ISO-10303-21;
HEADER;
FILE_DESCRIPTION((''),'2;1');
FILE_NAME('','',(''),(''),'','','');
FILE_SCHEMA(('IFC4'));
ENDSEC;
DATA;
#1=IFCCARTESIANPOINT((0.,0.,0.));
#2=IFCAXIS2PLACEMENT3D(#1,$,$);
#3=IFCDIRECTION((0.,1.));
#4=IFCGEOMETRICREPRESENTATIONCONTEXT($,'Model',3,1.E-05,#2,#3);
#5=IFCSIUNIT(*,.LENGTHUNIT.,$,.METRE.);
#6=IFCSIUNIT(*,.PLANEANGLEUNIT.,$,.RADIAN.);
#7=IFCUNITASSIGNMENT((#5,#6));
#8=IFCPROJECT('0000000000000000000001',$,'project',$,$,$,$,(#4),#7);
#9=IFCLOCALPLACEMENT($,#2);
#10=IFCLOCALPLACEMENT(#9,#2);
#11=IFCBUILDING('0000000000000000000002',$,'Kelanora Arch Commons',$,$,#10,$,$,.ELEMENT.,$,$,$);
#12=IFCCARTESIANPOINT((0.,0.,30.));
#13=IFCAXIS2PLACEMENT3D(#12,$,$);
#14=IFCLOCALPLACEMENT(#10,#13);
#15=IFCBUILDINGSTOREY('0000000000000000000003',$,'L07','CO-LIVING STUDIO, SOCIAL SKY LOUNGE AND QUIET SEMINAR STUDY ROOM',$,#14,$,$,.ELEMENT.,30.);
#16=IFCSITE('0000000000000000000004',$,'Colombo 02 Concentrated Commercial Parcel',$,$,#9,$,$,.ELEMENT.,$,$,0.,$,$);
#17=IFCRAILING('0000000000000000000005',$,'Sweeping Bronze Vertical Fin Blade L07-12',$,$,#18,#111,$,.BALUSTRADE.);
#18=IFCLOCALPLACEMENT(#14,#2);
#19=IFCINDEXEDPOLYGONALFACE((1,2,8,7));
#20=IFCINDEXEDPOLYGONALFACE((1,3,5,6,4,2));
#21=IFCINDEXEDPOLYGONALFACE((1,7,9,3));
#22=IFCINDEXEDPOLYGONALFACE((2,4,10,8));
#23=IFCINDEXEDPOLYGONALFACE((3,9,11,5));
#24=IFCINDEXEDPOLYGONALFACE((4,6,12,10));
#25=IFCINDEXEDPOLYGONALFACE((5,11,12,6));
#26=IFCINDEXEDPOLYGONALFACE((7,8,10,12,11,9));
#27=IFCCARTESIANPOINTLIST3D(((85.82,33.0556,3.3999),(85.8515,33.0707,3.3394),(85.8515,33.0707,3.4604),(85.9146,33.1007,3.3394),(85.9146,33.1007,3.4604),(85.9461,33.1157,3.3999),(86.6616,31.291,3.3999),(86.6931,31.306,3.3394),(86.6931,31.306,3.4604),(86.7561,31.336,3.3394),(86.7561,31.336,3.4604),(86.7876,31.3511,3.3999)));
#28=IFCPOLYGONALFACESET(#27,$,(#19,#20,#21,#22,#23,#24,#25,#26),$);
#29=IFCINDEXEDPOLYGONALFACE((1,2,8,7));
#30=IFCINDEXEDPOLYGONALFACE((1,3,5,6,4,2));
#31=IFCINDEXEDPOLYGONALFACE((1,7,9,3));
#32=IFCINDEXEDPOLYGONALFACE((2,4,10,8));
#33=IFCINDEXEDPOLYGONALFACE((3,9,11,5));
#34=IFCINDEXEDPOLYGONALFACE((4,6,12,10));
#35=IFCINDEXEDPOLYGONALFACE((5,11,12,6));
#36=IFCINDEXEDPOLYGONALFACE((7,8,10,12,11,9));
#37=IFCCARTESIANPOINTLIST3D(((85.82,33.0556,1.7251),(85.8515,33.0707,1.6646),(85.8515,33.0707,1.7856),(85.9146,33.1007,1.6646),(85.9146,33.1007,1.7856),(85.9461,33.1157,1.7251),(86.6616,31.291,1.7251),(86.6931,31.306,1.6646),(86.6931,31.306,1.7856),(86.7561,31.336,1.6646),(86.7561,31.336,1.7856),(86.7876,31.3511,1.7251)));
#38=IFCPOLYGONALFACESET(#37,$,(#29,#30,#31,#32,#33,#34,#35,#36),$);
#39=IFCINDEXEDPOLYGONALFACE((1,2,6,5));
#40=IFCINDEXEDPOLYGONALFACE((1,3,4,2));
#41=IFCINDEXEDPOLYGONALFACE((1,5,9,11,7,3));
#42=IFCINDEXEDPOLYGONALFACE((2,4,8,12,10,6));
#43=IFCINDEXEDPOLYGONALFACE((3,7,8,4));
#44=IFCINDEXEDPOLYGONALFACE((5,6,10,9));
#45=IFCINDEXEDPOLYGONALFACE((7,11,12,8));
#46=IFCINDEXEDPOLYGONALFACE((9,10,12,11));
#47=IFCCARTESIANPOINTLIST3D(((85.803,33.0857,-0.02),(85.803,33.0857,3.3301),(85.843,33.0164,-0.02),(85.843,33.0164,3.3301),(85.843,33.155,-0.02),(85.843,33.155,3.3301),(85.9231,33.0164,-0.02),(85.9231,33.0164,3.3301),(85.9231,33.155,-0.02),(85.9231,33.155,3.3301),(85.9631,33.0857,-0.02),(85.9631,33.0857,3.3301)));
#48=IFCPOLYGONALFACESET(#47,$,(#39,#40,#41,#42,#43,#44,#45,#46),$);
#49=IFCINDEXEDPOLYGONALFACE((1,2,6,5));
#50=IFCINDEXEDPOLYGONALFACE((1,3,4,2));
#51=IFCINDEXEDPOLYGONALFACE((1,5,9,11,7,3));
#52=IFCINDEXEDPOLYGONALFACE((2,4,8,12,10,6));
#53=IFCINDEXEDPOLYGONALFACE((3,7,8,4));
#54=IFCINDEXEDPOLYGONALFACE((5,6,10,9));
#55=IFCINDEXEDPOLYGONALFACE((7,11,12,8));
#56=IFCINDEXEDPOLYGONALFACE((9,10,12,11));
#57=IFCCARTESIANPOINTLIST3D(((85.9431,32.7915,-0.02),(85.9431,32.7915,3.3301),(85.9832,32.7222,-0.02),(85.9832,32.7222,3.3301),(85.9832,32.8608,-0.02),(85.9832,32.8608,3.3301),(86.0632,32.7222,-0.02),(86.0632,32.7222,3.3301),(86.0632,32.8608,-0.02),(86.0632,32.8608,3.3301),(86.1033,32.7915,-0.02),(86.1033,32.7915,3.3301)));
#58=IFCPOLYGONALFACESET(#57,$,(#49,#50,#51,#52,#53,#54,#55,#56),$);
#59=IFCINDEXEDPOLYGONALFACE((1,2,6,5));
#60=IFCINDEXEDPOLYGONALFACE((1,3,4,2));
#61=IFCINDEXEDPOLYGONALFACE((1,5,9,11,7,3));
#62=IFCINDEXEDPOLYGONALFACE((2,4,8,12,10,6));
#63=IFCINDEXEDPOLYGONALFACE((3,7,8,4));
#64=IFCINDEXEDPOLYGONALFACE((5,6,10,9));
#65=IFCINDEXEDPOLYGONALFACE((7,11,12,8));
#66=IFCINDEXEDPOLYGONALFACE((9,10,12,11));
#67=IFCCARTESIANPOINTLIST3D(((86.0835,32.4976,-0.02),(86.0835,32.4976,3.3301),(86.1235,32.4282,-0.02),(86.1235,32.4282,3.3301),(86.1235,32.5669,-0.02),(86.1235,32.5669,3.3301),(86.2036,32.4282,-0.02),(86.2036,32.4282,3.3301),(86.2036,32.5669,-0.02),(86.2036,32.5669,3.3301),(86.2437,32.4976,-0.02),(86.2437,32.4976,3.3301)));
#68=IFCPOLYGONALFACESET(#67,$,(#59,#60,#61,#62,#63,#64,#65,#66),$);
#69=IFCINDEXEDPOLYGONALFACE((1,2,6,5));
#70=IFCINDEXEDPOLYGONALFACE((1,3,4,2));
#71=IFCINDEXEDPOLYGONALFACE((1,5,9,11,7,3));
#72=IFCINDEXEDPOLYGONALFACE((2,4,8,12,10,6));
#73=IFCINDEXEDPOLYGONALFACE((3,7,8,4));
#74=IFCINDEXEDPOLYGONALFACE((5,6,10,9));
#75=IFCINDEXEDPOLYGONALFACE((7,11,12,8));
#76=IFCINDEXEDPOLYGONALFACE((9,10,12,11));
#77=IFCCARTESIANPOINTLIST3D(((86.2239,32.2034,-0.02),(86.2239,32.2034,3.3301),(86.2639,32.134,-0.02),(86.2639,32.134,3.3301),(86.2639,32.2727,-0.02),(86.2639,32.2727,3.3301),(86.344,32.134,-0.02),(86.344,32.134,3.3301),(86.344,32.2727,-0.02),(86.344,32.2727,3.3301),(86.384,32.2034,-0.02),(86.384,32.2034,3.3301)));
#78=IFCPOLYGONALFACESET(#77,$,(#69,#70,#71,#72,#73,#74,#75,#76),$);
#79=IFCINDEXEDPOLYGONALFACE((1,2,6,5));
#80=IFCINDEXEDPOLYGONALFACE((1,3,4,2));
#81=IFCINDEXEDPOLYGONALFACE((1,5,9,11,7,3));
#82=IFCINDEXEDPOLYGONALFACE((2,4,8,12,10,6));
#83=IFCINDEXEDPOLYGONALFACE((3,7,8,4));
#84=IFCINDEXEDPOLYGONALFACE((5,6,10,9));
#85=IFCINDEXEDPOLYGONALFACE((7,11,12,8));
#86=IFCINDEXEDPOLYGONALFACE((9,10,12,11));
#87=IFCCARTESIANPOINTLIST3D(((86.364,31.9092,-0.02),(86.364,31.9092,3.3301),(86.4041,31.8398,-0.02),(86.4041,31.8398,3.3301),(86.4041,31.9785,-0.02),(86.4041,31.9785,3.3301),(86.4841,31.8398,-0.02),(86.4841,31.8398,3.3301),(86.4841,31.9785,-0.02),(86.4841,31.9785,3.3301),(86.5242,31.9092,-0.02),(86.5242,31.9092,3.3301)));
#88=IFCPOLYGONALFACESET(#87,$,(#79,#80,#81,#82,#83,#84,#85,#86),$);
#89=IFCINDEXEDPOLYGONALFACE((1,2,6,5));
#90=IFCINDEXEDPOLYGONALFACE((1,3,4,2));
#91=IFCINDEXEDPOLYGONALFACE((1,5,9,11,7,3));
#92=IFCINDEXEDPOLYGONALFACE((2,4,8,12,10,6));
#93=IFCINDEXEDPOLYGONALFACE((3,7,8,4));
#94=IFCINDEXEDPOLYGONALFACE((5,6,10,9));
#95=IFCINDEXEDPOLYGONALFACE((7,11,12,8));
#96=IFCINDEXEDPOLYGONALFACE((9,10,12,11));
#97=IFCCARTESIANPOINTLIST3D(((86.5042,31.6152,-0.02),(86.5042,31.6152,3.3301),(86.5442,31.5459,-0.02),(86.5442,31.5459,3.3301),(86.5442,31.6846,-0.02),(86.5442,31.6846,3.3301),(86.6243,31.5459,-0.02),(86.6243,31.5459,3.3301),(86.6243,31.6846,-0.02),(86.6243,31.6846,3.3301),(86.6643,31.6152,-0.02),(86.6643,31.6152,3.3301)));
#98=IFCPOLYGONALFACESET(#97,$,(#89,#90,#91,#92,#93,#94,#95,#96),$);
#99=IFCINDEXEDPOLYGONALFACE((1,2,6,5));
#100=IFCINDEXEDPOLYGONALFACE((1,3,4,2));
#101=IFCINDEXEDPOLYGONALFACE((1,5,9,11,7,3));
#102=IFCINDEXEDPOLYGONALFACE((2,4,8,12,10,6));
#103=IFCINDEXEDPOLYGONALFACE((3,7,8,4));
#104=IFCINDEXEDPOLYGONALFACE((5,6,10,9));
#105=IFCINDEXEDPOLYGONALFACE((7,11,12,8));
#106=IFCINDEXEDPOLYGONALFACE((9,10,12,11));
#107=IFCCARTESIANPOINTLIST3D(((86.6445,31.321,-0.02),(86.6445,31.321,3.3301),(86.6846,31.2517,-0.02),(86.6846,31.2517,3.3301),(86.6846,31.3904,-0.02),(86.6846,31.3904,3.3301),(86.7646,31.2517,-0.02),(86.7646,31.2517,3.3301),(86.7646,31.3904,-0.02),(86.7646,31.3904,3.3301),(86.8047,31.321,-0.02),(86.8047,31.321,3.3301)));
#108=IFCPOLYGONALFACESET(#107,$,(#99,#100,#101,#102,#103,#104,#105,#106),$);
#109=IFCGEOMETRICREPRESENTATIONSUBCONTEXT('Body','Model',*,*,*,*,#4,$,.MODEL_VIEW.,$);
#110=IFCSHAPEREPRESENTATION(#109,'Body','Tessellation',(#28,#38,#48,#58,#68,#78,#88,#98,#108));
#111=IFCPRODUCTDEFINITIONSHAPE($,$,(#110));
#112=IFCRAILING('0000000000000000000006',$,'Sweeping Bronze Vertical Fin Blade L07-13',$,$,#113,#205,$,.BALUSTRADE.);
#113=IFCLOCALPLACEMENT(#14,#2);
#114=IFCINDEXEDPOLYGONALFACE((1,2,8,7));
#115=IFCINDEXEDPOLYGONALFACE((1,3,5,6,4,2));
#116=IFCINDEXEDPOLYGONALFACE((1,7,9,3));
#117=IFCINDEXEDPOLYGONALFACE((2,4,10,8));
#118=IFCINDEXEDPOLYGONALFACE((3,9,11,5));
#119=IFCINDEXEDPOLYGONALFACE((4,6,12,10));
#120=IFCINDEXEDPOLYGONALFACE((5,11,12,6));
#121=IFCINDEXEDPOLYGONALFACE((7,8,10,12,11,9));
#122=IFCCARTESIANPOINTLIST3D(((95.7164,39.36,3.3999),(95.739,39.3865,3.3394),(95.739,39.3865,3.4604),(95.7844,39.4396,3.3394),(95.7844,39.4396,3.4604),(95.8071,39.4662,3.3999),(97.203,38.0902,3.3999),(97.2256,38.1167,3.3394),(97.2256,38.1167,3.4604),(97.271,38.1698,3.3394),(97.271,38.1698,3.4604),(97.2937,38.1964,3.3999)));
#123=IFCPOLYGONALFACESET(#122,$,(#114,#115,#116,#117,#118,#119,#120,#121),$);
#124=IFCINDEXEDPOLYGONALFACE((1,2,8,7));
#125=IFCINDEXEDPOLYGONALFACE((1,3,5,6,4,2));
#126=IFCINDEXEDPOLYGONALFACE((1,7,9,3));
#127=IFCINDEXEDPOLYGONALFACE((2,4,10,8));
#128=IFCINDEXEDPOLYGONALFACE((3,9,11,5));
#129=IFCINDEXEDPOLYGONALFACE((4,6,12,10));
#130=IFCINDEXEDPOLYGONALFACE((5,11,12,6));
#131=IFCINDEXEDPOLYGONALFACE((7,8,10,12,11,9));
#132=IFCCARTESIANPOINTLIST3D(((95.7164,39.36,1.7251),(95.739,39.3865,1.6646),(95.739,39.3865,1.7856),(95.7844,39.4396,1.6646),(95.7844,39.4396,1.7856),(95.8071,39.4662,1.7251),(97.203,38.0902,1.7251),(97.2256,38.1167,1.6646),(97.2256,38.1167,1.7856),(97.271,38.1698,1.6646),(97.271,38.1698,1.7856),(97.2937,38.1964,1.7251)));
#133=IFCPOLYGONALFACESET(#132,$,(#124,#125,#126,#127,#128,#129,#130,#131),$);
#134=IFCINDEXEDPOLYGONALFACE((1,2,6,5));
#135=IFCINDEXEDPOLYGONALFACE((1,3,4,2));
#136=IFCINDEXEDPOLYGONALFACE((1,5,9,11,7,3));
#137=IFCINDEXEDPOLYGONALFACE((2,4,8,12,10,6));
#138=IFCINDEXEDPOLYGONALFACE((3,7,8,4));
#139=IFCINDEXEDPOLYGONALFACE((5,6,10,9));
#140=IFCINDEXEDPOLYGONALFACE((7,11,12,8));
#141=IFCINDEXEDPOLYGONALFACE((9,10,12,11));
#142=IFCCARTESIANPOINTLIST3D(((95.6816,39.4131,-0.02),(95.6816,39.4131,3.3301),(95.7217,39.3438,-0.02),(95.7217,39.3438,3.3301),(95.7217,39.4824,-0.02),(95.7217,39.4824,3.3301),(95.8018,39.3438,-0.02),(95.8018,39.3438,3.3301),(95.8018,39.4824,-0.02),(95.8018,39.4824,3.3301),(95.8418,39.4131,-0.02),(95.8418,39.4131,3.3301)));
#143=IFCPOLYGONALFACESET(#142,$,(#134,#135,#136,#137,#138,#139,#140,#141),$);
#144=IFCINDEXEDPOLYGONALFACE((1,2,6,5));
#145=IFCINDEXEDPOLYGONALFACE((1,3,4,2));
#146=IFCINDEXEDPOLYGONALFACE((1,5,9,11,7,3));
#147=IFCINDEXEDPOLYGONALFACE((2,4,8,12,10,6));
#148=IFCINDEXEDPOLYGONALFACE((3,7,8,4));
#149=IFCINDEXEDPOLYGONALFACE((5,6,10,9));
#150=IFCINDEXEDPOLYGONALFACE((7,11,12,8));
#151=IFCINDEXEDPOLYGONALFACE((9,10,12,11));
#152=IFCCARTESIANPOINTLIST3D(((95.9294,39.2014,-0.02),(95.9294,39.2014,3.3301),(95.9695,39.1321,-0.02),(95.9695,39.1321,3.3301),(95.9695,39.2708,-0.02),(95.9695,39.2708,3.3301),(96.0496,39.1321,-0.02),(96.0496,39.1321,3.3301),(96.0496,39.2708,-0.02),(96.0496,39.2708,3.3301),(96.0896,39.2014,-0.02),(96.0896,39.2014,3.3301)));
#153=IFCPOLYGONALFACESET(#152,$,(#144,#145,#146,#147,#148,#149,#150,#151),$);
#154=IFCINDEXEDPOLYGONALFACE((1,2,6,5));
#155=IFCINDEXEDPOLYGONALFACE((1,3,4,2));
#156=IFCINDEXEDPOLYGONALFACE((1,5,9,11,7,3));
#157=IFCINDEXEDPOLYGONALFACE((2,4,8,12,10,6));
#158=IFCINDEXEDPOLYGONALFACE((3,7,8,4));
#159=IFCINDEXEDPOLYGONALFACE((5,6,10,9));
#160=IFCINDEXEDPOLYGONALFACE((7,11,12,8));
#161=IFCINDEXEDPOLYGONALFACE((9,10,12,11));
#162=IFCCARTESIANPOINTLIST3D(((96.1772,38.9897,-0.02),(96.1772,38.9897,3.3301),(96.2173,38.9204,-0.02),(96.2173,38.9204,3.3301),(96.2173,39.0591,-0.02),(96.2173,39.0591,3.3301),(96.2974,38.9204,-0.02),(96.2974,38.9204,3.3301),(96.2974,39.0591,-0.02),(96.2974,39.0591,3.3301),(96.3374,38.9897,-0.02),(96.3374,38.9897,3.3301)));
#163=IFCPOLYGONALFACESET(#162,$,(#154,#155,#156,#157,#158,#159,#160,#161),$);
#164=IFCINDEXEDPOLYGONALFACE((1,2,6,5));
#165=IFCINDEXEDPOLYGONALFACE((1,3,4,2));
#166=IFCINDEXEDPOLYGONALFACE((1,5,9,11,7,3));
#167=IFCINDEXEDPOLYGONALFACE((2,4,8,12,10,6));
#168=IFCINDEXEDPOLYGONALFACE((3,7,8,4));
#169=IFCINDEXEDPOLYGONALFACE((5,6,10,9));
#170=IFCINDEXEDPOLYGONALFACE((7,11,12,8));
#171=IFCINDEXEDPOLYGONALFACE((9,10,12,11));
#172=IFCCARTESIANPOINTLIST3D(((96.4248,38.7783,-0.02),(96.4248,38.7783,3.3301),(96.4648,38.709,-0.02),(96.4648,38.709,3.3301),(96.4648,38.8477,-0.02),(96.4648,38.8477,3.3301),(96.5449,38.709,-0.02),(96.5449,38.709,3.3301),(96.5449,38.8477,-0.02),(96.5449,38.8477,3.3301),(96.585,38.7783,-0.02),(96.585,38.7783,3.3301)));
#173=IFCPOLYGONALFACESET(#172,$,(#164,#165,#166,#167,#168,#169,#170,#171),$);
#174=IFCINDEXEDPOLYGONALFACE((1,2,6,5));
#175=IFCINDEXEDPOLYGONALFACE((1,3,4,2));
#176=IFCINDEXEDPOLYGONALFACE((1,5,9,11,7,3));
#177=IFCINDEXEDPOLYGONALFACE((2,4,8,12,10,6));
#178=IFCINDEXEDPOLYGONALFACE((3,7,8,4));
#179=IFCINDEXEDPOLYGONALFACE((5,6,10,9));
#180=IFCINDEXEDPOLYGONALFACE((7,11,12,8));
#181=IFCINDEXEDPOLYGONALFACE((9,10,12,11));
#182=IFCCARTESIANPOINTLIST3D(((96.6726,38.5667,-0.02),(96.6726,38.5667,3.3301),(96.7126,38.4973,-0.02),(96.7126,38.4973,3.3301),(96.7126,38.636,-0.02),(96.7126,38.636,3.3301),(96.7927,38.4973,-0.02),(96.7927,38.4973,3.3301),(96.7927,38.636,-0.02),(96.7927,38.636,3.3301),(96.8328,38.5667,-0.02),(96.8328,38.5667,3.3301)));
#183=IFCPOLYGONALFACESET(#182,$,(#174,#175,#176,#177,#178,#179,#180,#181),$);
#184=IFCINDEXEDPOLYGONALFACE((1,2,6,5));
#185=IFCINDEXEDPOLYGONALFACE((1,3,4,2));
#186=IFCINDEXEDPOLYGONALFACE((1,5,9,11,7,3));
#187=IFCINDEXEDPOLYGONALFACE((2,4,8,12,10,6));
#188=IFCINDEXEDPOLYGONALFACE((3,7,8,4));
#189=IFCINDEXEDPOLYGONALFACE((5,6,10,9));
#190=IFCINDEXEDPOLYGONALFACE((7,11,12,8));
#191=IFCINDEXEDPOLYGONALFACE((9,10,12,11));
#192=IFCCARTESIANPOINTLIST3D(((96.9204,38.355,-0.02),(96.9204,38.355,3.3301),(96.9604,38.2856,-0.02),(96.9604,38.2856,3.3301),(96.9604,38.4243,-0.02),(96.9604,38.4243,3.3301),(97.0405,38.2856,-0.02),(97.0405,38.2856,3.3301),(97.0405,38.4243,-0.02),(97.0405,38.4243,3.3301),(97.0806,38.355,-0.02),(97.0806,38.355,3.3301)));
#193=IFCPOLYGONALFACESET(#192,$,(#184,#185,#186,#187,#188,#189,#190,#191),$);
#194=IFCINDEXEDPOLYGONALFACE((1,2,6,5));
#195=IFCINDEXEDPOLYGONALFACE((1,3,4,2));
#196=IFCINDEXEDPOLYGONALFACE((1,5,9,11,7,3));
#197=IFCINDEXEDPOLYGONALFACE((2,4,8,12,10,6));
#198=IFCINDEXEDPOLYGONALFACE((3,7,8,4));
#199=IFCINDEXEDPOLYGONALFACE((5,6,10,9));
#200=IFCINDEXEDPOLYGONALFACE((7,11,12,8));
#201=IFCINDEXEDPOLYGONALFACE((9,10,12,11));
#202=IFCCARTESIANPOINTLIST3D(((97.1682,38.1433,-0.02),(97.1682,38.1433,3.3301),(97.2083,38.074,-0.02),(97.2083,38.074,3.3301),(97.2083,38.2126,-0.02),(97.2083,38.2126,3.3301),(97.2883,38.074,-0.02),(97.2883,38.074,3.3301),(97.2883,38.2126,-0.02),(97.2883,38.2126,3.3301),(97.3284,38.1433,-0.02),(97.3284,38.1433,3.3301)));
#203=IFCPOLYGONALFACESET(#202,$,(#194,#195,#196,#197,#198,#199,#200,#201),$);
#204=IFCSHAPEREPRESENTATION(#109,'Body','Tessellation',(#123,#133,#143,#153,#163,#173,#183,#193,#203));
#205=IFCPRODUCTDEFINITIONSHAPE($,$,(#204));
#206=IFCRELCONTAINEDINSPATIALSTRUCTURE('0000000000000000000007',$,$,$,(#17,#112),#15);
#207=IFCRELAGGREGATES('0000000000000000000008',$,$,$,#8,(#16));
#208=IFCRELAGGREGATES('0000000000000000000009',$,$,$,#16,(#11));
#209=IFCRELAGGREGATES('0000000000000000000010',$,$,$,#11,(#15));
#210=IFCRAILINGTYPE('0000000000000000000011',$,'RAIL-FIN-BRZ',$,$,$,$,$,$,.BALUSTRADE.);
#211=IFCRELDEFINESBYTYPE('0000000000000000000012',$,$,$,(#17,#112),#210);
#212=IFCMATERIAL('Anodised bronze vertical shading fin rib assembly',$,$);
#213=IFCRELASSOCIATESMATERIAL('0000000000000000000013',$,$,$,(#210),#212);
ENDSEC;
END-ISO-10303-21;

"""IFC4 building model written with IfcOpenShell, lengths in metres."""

from ifc_helpers import new_model, si_unit, direction, frame, origin, place, context, subcontext, project, spatial, polyline, outline, extrude, material, type_object, element, save


model = new_model("IFC4")

# Units and contexts
model_context = context("Model", 3, precision=1e-05, world=origin(), true_north=direction((0.0, 1.0)))
body_context = subcontext(model_context, "Body", "Model", "MODEL_VIEW")
ifc_project = project(units=[si_unit("LENGTHUNIT", "METRE"), si_unit("PLANEANGLEUNIT", "RADIAN")], contexts=[model_context])

# Site, building, storey
site_placement = place(None, origin())
site = spatial("IfcSite", under=ifc_project, at=site_placement, Name="Colombo 02 Concentrated Commercial Parcel", CompositionType="ELEMENT", RefElevation=0.0)
building_placement = place(site_placement, origin())
building = spatial("IfcBuilding", under=site, at=building_placement, Name="Kelanora Arch Commons", CompositionType="ELEMENT")
storey_placement = place(building_placement, frame((0.0, 0.0, 30.0)))
storey = spatial("IfcBuildingStorey", under=building, at=storey_placement, Name="L07", Description="CO-LIVING STUDIO, SOCIAL SKY LOUNGE AND QUIET SEMINAR STUDY ROOM", CompositionType="ELEMENT", Elevation=30.0)

# Railings
ifc_material_1 = material(Name="Anodised bronze vertical shading fin rib assembly")
railing_type = type_object("IfcRailingType", Name="RAIL-FIN-BRZ", PredefinedType="BALUSTRADE", material=ifc_material_1)
railing_1_placement = place(storey_placement, frame((85.8831, 33.0857, -0.02)))
element("IfcRailing", 1, at=railing_1_placement, inside=storey, type_object=railing_type, Name="Sweeping Bronze Vertical Fin Blade L07-12", PredefinedType="BALUSTRADE", context=body_context, shape_type="SweptSolid", body=[
    extrude(outline(polyline([(0.0698, 0.0), (0.0349, 0.0605), (-0.0349, 0.0605), (-0.0698, 0.0), (-0.0349, -0.0605), (0.0349, -0.0605), (0.0698, 0.0)])), frame((0.0, 0.0, 3.4199), z_axis=(0.430452, -0.902613, 0.0), x_axis=(0.902613, 0.430452, 0.0)), (0.0, 0.0, 1.0), 1.9551),
    extrude(outline(polyline([(0.0698, 0.0), (0.0349, 0.0605), (-0.0349, 0.0605), (-0.0698, 0.0), (-0.0349, -0.0605), (0.0349, -0.0605), (0.0698, 0.0)])), frame((0.0, 0.0, 1.7451), z_axis=(0.430452, -0.902613, 0.0), x_axis=(0.902613, 0.430452, 0.0)), (0.0, 0.0, 1.0), 1.9551),
    extrude(outline(polyline([(0.0801, 0.0), (0.04, 0.0693), (-0.04, 0.0693), (-0.0801, 0.0), (-0.04, -0.0693), (0.04, -0.0693), (0.0801, 0.0)])), origin(), (0.0, 0.0, 1.0), 3.3501),
    extrude(outline(polyline([(0.0801, 0.0), (0.04, 0.0693), (-0.04, 0.0693), (-0.0801, 0.0), (-0.04, -0.0693), (0.04, -0.0693), (0.0801, 0.0)])), frame((0.1401, -0.2942, 0.0)), (0.0, 0.0, 1.0), 3.3501),
    extrude(outline(polyline([(0.0801, 0.0), (0.04, 0.0693), (-0.04, 0.0693), (-0.0801, 0.0), (-0.04, -0.0693), (0.04, -0.0693), (0.0801, 0.0)])), frame((0.2805, -0.5881, 0.0)), (0.0, 0.0, 1.0), 3.3501),
    extrude(outline(polyline([(0.0801, 0.0), (0.04, 0.0693), (-0.04, 0.0693), (-0.0801, 0.0), (-0.04, -0.0693), (0.04, -0.0693), (0.0801, 0.0)])), frame((0.4209, -0.8823, 0.0)), (0.0, 0.0, 1.0), 3.3501),
    extrude(outline(polyline([(0.0801, 0.0), (0.04, 0.0693), (-0.04, 0.0693), (-0.0801, 0.0), (-0.04, -0.0693), (0.04, -0.0693), (0.0801, 0.0)])), frame((0.561, -1.1765, 0.0)), (0.0, 0.0, 1.0), 3.3501),
    extrude(outline(polyline([(0.0801, 0.0), (0.04, 0.0693), (-0.04, 0.0693), (-0.0801, 0.0), (-0.04, -0.0693), (0.04, -0.0693), (0.0801, 0.0)])), frame((0.7012, -1.4705, 0.0)), (0.0, 0.0, 1.0), 3.3501),
    extrude(outline(polyline([(0.0801, 0.0), (0.04, 0.0693), (-0.04, 0.0693), (-0.0801, 0.0), (-0.04, -0.0693), (0.04, -0.0693), (0.0801, 0.0)])), frame((0.8416, -1.7646, 0.0)), (0.0, 0.0, 1.0), 3.3501),
])
railing_2_placement = place(storey_placement, frame((95.7617, 39.4131, -0.02)))
element("IfcRailing", 2, at=railing_2_placement, inside=storey, type_object=railing_type, Name="Sweeping Bronze Vertical Fin Blade L07-13", PredefinedType="BALUSTRADE", context=body_context, shape_type="SweptSolid", body=[
    extrude(outline(polyline([(0.0698, 0.0), (0.0349, 0.0605), (-0.0349, 0.0605), (-0.0698, 0.0), (-0.0349, -0.0605), (0.0349, -0.0605), (0.0698, 0.0)])), frame((0.0, 0.0, 3.4199), z_axis=(0.760375, -0.649484, 0.0), x_axis=(0.649484, 0.760375, 0.0)), (0.0, 0.0, 1.0), 1.9551),
    extrude(outline(polyline([(0.0698, 0.0), (0.0349, 0.0605), (-0.0349, 0.0605), (-0.0698, 0.0), (-0.0349, -0.0605), (0.0349, -0.0605), (0.0698, 0.0)])), frame((0.0, 0.0, 1.7451), z_axis=(0.760375, -0.649484, 0.0), x_axis=(0.649484, 0.760375, 0.0)), (0.0, 0.0, 1.0), 1.9551),
    extrude(outline(polyline([(0.0801, 0.0), (0.04, 0.0693), (-0.04, 0.0693), (-0.0801, 0.0), (-0.04, -0.0693), (0.04, -0.0693), (0.0801, 0.0)])), origin(), (0.0, 0.0, 1.0), 3.3501),
    extrude(outline(polyline([(0.0801, 0.0), (0.04, 0.0693), (-0.04, 0.0693), (-0.0801, 0.0), (-0.04, -0.0693), (0.04, -0.0693), (0.0801, 0.0)])), frame((0.2478, -0.2117, 0.0)), (0.0, 0.0, 1.0), 3.3501),
    extrude(outline(polyline([(0.0801, 0.0), (0.04, 0.0693), (-0.04, 0.0693), (-0.0801, 0.0), (-0.04, -0.0693), (0.04, -0.0693), (0.0801, 0.0)])), frame((0.4956, -0.4233, 0.0)), (0.0, 0.0, 1.0), 3.3501),
    extrude(outline(polyline([(0.0801, 0.0), (0.04, 0.0693), (-0.04, 0.0693), (-0.0801, 0.0), (-0.04, -0.0693), (0.04, -0.0693), (0.0801, 0.0)])), frame((0.7432, -0.6348, 0.0)), (0.0, 0.0, 1.0), 3.3501),
    extrude(outline(polyline([(0.0801, 0.0), (0.04, 0.0693), (-0.04, 0.0693), (-0.0801, 0.0), (-0.04, -0.0693), (0.04, -0.0693), (0.0801, 0.0)])), frame((0.991, -0.8464, 0.0)), (0.0, 0.0, 1.0), 3.3501),
    extrude(outline(polyline([(0.0801, 0.0), (0.04, 0.0693), (-0.04, 0.0693), (-0.0801, 0.0), (-0.04, -0.0693), (0.04, -0.0693), (0.0801, 0.0)])), frame((1.2388, -1.0581, 0.0)), (0.0, 0.0, 1.0), 3.3501),
    extrude(outline(polyline([(0.0801, 0.0), (0.04, 0.0693), (-0.04, 0.0693), (-0.0801, 0.0), (-0.04, -0.0693), (0.04, -0.0693), (0.0801, 0.0)])), frame((1.4866, -1.2698, 0.0)), (0.0, 0.0, 1.0), 3.3501),
])

save(model, "model.ifc")
